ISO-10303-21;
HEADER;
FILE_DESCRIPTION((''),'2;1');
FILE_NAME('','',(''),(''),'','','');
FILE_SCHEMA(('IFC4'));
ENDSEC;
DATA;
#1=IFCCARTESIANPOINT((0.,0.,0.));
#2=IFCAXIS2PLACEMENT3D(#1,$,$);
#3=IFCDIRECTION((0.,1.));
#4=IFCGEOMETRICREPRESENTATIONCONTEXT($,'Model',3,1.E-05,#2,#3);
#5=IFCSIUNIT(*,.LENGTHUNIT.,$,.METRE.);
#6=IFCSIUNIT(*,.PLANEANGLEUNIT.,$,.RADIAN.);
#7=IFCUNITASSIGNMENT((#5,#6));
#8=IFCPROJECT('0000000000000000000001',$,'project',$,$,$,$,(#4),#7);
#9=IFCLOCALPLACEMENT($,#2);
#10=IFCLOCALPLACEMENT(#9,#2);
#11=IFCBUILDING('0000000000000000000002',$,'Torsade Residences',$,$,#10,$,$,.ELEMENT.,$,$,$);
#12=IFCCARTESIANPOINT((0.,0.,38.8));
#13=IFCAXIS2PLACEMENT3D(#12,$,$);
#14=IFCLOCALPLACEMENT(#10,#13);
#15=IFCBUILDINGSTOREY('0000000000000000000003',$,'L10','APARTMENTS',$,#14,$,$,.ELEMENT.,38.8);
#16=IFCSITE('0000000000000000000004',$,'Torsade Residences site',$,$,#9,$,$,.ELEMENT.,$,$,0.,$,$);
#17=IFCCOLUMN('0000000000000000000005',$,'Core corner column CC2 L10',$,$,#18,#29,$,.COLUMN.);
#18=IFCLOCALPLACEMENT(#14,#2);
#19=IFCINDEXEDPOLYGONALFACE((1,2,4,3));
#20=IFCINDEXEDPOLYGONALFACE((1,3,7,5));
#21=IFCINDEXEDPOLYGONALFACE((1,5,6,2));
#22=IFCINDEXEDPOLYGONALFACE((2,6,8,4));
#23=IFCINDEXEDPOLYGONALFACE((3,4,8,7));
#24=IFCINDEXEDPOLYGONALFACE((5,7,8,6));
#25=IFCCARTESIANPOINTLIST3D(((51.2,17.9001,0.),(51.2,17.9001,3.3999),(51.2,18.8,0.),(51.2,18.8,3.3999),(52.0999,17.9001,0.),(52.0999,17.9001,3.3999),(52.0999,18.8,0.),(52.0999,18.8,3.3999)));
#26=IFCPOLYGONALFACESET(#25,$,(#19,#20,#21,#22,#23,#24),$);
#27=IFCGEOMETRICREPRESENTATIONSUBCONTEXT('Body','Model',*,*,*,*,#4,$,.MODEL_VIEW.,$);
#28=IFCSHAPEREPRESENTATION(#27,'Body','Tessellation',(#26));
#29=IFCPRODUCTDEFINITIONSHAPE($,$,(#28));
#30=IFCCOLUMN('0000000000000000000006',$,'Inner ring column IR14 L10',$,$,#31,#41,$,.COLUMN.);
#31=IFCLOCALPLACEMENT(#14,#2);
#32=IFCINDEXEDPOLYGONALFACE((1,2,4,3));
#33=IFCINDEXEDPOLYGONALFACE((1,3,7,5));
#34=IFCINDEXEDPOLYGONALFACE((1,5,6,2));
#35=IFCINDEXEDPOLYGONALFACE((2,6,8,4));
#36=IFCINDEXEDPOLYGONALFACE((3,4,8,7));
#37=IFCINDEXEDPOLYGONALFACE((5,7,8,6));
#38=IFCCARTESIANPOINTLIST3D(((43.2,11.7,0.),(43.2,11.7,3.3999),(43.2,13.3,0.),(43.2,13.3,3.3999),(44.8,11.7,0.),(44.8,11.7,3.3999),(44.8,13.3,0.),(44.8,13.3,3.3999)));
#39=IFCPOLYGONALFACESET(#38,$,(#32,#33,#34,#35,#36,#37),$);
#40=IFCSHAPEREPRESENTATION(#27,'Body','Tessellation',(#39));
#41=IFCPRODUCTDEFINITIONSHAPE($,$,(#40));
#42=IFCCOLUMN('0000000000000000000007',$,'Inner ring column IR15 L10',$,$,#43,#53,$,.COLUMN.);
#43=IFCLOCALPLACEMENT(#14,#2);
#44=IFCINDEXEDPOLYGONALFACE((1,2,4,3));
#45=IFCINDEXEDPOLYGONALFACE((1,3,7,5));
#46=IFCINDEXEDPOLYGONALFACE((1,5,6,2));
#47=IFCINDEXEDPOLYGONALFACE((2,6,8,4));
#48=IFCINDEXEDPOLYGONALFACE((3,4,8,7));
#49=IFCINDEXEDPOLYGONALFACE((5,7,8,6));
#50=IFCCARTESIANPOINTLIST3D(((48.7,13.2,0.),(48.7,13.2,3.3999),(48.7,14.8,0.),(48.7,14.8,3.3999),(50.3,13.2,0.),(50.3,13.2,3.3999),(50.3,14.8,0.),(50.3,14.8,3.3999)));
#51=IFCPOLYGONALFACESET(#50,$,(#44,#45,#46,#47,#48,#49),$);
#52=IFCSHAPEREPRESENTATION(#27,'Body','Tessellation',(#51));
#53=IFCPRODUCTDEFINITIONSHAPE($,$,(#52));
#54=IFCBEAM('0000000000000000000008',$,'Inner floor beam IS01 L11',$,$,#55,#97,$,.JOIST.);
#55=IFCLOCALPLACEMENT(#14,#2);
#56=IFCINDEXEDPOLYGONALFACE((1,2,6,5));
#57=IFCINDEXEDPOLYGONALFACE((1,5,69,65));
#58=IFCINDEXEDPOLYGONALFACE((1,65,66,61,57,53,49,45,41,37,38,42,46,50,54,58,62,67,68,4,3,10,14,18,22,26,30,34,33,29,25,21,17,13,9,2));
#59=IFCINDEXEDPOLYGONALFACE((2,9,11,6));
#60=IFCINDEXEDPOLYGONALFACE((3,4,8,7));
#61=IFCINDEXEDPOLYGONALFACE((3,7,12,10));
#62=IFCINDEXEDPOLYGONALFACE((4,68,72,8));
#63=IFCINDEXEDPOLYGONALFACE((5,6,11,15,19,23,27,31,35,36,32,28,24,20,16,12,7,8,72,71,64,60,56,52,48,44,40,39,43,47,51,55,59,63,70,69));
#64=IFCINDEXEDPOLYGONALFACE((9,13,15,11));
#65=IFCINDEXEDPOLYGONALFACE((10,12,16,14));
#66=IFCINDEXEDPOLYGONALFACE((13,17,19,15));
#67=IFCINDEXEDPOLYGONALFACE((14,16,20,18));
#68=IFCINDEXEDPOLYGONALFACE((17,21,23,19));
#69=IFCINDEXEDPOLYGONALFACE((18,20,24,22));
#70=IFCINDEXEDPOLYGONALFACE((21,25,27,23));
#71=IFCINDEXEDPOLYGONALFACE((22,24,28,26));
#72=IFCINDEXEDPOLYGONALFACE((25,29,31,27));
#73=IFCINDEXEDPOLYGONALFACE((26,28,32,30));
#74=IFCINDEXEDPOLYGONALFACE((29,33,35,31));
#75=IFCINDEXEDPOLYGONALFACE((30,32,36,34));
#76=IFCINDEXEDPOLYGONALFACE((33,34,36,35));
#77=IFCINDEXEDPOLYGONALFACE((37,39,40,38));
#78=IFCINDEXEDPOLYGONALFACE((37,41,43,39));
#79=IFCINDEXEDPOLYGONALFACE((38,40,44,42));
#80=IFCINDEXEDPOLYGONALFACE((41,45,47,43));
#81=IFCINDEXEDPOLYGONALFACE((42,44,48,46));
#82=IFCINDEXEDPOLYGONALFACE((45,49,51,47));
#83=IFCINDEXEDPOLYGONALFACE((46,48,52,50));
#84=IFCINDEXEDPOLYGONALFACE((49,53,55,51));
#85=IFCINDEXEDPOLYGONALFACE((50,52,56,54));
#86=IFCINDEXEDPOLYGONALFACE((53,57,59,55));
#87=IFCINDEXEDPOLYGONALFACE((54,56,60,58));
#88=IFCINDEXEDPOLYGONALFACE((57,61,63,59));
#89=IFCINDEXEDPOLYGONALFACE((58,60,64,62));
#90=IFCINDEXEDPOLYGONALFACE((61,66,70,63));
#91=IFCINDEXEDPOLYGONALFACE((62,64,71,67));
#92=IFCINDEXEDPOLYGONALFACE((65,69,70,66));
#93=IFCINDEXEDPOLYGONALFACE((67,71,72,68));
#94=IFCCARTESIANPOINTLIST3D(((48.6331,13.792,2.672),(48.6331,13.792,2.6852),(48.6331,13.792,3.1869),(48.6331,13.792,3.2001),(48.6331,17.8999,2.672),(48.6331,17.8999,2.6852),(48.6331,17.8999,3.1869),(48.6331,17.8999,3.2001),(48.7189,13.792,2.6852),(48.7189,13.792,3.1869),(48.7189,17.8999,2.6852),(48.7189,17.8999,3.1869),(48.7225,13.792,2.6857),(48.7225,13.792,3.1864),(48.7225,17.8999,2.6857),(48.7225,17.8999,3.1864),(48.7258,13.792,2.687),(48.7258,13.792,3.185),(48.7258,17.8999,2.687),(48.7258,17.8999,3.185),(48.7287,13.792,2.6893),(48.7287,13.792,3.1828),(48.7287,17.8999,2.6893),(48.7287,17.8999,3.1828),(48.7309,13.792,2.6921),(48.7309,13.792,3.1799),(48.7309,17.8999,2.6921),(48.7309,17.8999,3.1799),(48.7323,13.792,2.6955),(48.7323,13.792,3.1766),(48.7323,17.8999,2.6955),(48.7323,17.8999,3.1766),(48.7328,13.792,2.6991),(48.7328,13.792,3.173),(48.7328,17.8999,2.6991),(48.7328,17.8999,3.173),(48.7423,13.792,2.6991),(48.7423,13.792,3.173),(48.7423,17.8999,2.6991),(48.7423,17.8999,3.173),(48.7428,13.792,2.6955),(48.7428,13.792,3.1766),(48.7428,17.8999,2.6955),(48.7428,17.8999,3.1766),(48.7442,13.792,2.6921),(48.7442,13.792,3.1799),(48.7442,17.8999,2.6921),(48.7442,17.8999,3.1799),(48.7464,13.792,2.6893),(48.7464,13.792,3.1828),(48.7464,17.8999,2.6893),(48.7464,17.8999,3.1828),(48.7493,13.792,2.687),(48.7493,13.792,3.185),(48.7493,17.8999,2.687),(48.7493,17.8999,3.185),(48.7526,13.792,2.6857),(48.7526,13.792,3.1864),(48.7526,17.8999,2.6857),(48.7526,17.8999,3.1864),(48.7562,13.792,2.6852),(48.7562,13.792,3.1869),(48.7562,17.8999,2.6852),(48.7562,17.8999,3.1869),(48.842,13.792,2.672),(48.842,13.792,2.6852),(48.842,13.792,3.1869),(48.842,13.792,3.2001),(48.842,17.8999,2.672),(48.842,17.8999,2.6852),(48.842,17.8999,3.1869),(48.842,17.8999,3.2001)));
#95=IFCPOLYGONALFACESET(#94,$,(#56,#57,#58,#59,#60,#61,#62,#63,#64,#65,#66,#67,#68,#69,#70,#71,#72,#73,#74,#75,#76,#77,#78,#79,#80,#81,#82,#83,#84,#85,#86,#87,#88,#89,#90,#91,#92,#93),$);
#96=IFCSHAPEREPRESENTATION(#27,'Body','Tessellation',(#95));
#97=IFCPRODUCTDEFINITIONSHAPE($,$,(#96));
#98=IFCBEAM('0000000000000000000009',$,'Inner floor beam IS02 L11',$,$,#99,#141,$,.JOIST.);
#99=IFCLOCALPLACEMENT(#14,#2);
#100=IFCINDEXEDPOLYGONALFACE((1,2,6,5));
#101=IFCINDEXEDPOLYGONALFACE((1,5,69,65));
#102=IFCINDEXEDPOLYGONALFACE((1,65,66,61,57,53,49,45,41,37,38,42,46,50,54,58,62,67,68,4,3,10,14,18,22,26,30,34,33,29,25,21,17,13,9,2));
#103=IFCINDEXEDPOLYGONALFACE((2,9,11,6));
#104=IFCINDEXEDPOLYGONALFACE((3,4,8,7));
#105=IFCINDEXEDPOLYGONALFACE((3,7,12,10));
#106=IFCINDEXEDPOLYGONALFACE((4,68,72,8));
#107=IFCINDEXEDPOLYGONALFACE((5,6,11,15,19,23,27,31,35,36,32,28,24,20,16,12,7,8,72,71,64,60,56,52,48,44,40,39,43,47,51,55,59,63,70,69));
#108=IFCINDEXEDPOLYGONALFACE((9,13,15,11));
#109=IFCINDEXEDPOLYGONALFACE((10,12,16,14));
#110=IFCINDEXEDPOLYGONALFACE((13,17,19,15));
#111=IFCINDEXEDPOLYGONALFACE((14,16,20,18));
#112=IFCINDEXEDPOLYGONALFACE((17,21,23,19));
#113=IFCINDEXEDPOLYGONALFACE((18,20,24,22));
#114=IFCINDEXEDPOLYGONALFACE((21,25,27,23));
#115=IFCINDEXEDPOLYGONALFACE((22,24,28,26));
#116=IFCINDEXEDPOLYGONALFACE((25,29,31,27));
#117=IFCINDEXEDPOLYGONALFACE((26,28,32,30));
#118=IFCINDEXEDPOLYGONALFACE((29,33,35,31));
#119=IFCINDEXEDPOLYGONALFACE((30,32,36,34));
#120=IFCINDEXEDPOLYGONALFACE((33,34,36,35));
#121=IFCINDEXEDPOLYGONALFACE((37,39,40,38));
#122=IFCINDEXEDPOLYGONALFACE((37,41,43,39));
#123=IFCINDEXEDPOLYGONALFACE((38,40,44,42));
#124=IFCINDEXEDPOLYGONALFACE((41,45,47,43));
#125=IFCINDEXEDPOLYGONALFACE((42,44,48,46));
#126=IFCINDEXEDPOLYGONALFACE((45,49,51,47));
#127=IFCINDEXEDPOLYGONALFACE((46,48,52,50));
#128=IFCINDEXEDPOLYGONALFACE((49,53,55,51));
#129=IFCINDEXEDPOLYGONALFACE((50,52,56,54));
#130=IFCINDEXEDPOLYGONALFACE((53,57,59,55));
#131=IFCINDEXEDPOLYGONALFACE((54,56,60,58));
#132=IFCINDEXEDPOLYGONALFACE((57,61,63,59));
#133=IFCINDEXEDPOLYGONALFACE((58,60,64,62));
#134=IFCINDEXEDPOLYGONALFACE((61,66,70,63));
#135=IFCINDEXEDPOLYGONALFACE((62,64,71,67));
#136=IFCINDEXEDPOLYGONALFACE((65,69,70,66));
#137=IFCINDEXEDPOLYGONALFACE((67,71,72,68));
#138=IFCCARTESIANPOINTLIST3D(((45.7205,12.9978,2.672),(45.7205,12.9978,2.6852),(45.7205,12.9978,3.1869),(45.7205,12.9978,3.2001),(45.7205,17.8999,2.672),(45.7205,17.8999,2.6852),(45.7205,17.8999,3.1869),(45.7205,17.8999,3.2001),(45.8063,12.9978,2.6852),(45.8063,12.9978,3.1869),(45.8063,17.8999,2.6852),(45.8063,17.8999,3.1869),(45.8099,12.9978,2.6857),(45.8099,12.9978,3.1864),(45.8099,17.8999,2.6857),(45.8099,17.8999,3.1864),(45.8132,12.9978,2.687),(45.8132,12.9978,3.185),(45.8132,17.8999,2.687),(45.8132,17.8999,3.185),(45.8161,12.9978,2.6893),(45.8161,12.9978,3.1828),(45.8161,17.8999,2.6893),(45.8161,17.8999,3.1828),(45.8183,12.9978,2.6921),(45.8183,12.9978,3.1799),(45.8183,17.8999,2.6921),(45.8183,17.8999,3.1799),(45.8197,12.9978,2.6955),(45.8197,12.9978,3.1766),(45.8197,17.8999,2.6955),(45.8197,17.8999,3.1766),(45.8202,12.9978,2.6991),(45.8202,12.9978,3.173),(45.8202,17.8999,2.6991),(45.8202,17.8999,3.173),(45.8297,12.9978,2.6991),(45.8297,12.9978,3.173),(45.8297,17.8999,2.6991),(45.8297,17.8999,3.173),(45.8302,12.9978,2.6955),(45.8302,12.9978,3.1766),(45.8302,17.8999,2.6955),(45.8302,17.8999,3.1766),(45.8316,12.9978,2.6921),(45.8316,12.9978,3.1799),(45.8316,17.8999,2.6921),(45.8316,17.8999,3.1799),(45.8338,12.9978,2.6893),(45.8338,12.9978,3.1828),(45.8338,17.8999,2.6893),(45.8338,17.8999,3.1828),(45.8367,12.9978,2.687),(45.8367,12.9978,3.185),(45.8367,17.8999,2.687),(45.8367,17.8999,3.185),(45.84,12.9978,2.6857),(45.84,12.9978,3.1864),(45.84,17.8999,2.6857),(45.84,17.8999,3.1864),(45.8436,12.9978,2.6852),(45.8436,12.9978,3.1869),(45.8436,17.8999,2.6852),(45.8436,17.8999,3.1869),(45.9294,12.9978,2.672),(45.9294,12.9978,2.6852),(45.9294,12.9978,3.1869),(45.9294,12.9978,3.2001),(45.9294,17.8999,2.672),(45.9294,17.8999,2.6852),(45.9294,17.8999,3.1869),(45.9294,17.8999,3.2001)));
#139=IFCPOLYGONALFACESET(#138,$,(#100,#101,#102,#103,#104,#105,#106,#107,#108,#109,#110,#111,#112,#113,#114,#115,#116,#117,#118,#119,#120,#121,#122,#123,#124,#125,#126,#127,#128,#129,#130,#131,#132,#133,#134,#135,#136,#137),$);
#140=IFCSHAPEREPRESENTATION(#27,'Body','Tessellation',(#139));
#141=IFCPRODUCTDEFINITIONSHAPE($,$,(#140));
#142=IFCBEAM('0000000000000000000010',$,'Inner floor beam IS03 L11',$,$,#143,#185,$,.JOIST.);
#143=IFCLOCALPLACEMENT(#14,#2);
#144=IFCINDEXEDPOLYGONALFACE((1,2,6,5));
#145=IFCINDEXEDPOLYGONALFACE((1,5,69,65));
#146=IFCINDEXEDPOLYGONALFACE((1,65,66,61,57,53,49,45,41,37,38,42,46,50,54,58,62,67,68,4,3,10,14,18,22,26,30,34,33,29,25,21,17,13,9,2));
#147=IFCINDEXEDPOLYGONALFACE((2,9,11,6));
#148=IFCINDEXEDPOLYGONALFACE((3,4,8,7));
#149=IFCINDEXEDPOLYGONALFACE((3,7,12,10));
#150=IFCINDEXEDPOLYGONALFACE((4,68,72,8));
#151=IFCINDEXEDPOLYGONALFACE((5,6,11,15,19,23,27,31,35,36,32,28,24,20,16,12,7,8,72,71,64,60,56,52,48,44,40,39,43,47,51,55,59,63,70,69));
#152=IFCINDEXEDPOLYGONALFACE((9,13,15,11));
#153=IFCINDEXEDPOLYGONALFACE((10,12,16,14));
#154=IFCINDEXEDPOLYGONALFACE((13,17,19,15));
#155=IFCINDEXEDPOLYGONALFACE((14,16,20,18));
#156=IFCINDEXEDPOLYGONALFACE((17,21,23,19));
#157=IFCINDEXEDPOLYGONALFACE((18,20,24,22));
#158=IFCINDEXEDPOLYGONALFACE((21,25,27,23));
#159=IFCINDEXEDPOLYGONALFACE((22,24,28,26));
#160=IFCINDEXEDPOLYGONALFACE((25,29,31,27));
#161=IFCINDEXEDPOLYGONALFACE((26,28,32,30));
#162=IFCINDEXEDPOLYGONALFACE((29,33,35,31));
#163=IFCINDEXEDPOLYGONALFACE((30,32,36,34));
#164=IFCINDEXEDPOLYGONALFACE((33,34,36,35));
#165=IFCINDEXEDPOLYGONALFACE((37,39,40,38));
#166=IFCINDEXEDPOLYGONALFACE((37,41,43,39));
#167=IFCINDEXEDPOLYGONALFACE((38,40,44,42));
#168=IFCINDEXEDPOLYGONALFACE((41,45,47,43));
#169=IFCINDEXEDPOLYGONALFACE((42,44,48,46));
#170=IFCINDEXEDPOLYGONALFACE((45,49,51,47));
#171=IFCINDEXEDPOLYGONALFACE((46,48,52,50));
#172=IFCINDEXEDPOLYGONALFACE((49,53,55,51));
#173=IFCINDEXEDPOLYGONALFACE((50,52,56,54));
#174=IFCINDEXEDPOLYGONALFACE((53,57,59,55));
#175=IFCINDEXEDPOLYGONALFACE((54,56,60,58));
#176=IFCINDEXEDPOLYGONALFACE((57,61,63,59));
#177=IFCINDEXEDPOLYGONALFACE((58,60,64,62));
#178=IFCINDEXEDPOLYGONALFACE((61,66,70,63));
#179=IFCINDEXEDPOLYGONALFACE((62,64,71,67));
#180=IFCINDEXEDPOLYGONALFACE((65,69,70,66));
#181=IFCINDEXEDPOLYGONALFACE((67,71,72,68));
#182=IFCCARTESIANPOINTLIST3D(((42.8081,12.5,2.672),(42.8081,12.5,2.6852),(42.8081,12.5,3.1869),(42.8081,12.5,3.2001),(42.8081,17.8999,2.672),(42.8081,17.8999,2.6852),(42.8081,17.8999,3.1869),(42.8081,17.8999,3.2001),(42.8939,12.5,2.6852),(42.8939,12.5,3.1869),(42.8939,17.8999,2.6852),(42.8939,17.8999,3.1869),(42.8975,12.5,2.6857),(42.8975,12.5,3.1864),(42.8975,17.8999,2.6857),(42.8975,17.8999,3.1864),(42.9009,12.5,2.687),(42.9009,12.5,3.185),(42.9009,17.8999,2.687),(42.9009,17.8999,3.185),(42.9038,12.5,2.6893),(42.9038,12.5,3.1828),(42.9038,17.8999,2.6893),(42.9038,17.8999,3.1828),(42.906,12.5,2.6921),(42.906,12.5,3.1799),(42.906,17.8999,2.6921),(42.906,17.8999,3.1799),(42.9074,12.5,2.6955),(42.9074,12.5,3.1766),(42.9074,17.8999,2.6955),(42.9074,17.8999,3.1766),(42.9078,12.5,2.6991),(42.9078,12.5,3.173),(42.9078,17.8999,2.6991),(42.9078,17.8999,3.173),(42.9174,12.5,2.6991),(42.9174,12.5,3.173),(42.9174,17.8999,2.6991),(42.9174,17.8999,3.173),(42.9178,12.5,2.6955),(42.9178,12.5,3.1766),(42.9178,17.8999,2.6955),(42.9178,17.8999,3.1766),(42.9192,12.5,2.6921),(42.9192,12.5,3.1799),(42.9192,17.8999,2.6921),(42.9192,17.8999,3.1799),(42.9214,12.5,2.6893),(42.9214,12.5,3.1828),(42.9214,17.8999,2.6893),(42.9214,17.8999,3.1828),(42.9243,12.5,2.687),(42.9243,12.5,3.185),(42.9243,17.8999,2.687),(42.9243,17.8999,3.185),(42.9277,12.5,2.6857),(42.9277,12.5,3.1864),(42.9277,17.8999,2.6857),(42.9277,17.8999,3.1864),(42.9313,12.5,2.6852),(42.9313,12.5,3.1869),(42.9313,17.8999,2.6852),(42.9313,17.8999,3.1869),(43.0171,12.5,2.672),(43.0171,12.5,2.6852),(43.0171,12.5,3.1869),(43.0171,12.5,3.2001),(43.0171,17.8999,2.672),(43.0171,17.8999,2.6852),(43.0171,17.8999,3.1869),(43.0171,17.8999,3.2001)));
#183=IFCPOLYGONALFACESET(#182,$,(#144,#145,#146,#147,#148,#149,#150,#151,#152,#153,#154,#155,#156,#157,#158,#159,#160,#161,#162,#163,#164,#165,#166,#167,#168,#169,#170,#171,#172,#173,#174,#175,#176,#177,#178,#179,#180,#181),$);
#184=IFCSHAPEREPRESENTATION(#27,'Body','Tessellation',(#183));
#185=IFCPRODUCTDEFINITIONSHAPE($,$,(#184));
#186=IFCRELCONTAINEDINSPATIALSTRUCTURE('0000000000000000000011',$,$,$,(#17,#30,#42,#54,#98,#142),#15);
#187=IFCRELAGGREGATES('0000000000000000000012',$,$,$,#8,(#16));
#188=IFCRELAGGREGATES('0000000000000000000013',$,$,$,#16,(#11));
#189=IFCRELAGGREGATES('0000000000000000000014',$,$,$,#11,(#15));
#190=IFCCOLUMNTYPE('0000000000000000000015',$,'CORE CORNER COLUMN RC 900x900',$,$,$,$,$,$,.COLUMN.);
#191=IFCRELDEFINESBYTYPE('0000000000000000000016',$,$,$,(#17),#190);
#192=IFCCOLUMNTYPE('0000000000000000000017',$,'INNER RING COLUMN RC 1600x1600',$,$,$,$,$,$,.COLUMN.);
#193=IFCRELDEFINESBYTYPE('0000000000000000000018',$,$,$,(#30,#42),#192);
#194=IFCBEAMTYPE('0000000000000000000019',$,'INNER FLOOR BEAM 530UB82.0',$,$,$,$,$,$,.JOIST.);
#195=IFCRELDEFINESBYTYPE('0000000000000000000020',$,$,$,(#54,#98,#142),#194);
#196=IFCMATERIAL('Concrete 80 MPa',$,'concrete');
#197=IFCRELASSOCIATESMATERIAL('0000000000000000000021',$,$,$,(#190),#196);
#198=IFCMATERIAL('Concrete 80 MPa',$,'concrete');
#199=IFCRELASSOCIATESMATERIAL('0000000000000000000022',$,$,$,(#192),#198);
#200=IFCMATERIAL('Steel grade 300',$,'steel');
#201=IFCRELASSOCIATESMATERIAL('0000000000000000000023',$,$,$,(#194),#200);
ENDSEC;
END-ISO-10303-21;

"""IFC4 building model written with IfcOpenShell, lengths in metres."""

from ifc_helpers import new_model, si_unit, direction, frame, origin, origin_2d, place, context, subcontext, project, spatial, rectangle, i_section, extrude, material, material_profile, profile_set, type_object, element, save


model = new_model("IFC4")

# Units and contexts
model_context = context("Model", 3, precision=1e-05, world=origin(), true_north=direction((0.0, 1.0)))
body_context = subcontext(model_context, "Body", "Model", "MODEL_VIEW")
ifc_project = project(units=[si_unit("LENGTHUNIT", "METRE"), si_unit("PLANEANGLEUNIT", "RADIAN")], contexts=[model_context])

# Site, building, storey
site_placement = place(None, origin())
site = spatial("IfcSite", under=ifc_project, at=site_placement, Name="Torsade Residences site", CompositionType="ELEMENT", RefElevation=0.0)
building_placement = place(site_placement, origin())
building = spatial("IfcBuilding", under=site, at=building_placement, Name="Torsade Residences", CompositionType="ELEMENT")
storey_placement = place(building_placement, frame((0.0, 0.0, 38.8)))
storey = spatial("IfcBuildingStorey", under=building, at=storey_placement, Name="L10", Description="APARTMENTS", CompositionType="ELEMENT", Elevation=38.8)

# Columns
ifc_material_1 = material(Name="Concrete 80 MPa", Category="concrete")
ifc_material_profile_1 = material_profile(ifc_material_1, rectangle(XDim=0.8999, YDim=0.8999, at=origin_2d()), Name="RC 900x900")
ifc_profile_set_1 = profile_set([ifc_material_profile_1], Name="Concrete 80 MPa")
column_type_1 = type_object("IfcColumnType", Name="CORE CORNER COLUMN RC 900x900", PredefinedType="COLUMN", material=ifc_profile_set_1)
column_placement = place(storey_placement, frame((51.6499, 18.3501, 0.0), z_axis=(0.0, 0.0, 1.0), x_axis=(1.0, 0.0, 0.0)))
element("IfcColumn", 1, at=column_placement, inside=storey, type_object=column_type_1, Name="Core corner column CC2 L10", PredefinedType="COLUMN", context=body_context, shape_type="SweptSolid", body=[
    extrude(rectangle(XDim=0.8999, YDim=0.8999, at=origin_2d()), origin(), (0.0, 0.0, 1.0), 3.3999),
])
ifc_material_2 = material(Name="Concrete 80 MPa", Category="concrete")
ifc_material_profile_2 = material_profile(ifc_material_2, rectangle(XDim=1.6001, YDim=1.6001, at=origin_2d()), Name="RC 1600x1600")
ifc_profile_set_2 = profile_set([ifc_material_profile_2], Name="Concrete 80 MPa")
column_type_2 = type_object("IfcColumnType", Name="INNER RING COLUMN RC 1600x1600", PredefinedType="COLUMN", material=ifc_profile_set_2)
for number, where, z_axis, x_axis, name in (
    (2, (44.0, 12.5, 0.0), (0.0, 0.0, 1.0), (1.0, 0.0, 0.0), "Inner ring column IR14 L10"),
    (3, (49.5, 14.0, 0.0), (0.0, 0.0, 1.0), (1.0, 0.0, 0.0), "Inner ring column IR15 L10"),
):
    element("IfcColumn", number, at=place(storey_placement, frame(where, z_axis=z_axis, x_axis=x_axis)), inside=storey, type_object=column_type_2, Name=name, PredefinedType="COLUMN", context=body_context, shape_type="SweptSolid", body=[
        extrude(rectangle(XDim=1.6001, YDim=1.6001, at=origin_2d()), origin(), (0.0, 0.0, 1.0), 3.3999),
    ])

# Beams
ifc_material_3 = material(Name="Steel grade 300", Category="steel")
ifc_material_profile_3 = material_profile(ifc_material_3, i_section(OverallWidth=0.209, OverallDepth=0.5281, WebThickness=0.0095, FlangeThickness=0.0132, FilletRadius=0.0139, at=origin_2d()), Name="530UB82.0")
ifc_profile_set_3 = profile_set([ifc_material_profile_3], Name="Steel grade 300")
beam_type_1 = type_object("IfcBeamType", Name="INNER FLOOR BEAM 530UB82.0", PredefinedType="JOIST", material=ifc_profile_set_3)
beam_1_placement = place(storey_placement, frame((48.7375, 17.8999, 2.936), z_axis=(0.0, -1.0, 0.0), x_axis=(1.0, 0.0, 0.0)))
element("IfcBeam", 4, at=beam_1_placement, inside=storey, type_object=beam_type_1, Name="Inner floor beam IS01 L11", PredefinedType="JOIST", context=body_context, shape_type="SweptSolid", body=[
    extrude(i_section(OverallWidth=0.209, OverallDepth=0.5281, WebThickness=0.0095, FlangeThickness=0.0132, FilletRadius=0.0139, at=origin_2d()), origin(), (0.0, 0.0, 1.0), 4.1079),
])
beam_2_placement = place(storey_placement, frame((45.825, 17.8999, 2.936), z_axis=(0.0, -1.0, 0.0), x_axis=(1.0, 0.0, 0.0)))
element("IfcBeam", 5, at=beam_2_placement, inside=storey, type_object=beam_type_1, Name="Inner floor beam IS02 L11", PredefinedType="JOIST", context=body_context, shape_type="SweptSolid", body=[
    extrude(i_section(OverallWidth=0.209, OverallDepth=0.5281, WebThickness=0.0095, FlangeThickness=0.0132, FilletRadius=0.0139, at=origin_2d()), origin(), (0.0, 0.0, 1.0), 4.9021),
])
for number, where, z_axis, x_axis, name in (
    (6, (42.9126, 17.8999, 2.936), (0.0, -1.0, 0.0), (1.0, 0.0, 0.0), "Inner floor beam IS03 L11"),
):
    element("IfcBeam", number, at=place(storey_placement, frame(where, z_axis=z_axis, x_axis=x_axis)), inside=storey, type_object=beam_type_1, Name=name, PredefinedType="JOIST", context=body_context, shape_type="SweptSolid", body=[
        extrude(i_section(OverallWidth=0.209, OverallDepth=0.5281, WebThickness=0.0095, FlangeThickness=0.0132, FilletRadius=0.0139, at=origin_2d()), origin(), (0.0, 0.0, 1.0), 5.3999),
    ])

save(model, "model.ifc")
